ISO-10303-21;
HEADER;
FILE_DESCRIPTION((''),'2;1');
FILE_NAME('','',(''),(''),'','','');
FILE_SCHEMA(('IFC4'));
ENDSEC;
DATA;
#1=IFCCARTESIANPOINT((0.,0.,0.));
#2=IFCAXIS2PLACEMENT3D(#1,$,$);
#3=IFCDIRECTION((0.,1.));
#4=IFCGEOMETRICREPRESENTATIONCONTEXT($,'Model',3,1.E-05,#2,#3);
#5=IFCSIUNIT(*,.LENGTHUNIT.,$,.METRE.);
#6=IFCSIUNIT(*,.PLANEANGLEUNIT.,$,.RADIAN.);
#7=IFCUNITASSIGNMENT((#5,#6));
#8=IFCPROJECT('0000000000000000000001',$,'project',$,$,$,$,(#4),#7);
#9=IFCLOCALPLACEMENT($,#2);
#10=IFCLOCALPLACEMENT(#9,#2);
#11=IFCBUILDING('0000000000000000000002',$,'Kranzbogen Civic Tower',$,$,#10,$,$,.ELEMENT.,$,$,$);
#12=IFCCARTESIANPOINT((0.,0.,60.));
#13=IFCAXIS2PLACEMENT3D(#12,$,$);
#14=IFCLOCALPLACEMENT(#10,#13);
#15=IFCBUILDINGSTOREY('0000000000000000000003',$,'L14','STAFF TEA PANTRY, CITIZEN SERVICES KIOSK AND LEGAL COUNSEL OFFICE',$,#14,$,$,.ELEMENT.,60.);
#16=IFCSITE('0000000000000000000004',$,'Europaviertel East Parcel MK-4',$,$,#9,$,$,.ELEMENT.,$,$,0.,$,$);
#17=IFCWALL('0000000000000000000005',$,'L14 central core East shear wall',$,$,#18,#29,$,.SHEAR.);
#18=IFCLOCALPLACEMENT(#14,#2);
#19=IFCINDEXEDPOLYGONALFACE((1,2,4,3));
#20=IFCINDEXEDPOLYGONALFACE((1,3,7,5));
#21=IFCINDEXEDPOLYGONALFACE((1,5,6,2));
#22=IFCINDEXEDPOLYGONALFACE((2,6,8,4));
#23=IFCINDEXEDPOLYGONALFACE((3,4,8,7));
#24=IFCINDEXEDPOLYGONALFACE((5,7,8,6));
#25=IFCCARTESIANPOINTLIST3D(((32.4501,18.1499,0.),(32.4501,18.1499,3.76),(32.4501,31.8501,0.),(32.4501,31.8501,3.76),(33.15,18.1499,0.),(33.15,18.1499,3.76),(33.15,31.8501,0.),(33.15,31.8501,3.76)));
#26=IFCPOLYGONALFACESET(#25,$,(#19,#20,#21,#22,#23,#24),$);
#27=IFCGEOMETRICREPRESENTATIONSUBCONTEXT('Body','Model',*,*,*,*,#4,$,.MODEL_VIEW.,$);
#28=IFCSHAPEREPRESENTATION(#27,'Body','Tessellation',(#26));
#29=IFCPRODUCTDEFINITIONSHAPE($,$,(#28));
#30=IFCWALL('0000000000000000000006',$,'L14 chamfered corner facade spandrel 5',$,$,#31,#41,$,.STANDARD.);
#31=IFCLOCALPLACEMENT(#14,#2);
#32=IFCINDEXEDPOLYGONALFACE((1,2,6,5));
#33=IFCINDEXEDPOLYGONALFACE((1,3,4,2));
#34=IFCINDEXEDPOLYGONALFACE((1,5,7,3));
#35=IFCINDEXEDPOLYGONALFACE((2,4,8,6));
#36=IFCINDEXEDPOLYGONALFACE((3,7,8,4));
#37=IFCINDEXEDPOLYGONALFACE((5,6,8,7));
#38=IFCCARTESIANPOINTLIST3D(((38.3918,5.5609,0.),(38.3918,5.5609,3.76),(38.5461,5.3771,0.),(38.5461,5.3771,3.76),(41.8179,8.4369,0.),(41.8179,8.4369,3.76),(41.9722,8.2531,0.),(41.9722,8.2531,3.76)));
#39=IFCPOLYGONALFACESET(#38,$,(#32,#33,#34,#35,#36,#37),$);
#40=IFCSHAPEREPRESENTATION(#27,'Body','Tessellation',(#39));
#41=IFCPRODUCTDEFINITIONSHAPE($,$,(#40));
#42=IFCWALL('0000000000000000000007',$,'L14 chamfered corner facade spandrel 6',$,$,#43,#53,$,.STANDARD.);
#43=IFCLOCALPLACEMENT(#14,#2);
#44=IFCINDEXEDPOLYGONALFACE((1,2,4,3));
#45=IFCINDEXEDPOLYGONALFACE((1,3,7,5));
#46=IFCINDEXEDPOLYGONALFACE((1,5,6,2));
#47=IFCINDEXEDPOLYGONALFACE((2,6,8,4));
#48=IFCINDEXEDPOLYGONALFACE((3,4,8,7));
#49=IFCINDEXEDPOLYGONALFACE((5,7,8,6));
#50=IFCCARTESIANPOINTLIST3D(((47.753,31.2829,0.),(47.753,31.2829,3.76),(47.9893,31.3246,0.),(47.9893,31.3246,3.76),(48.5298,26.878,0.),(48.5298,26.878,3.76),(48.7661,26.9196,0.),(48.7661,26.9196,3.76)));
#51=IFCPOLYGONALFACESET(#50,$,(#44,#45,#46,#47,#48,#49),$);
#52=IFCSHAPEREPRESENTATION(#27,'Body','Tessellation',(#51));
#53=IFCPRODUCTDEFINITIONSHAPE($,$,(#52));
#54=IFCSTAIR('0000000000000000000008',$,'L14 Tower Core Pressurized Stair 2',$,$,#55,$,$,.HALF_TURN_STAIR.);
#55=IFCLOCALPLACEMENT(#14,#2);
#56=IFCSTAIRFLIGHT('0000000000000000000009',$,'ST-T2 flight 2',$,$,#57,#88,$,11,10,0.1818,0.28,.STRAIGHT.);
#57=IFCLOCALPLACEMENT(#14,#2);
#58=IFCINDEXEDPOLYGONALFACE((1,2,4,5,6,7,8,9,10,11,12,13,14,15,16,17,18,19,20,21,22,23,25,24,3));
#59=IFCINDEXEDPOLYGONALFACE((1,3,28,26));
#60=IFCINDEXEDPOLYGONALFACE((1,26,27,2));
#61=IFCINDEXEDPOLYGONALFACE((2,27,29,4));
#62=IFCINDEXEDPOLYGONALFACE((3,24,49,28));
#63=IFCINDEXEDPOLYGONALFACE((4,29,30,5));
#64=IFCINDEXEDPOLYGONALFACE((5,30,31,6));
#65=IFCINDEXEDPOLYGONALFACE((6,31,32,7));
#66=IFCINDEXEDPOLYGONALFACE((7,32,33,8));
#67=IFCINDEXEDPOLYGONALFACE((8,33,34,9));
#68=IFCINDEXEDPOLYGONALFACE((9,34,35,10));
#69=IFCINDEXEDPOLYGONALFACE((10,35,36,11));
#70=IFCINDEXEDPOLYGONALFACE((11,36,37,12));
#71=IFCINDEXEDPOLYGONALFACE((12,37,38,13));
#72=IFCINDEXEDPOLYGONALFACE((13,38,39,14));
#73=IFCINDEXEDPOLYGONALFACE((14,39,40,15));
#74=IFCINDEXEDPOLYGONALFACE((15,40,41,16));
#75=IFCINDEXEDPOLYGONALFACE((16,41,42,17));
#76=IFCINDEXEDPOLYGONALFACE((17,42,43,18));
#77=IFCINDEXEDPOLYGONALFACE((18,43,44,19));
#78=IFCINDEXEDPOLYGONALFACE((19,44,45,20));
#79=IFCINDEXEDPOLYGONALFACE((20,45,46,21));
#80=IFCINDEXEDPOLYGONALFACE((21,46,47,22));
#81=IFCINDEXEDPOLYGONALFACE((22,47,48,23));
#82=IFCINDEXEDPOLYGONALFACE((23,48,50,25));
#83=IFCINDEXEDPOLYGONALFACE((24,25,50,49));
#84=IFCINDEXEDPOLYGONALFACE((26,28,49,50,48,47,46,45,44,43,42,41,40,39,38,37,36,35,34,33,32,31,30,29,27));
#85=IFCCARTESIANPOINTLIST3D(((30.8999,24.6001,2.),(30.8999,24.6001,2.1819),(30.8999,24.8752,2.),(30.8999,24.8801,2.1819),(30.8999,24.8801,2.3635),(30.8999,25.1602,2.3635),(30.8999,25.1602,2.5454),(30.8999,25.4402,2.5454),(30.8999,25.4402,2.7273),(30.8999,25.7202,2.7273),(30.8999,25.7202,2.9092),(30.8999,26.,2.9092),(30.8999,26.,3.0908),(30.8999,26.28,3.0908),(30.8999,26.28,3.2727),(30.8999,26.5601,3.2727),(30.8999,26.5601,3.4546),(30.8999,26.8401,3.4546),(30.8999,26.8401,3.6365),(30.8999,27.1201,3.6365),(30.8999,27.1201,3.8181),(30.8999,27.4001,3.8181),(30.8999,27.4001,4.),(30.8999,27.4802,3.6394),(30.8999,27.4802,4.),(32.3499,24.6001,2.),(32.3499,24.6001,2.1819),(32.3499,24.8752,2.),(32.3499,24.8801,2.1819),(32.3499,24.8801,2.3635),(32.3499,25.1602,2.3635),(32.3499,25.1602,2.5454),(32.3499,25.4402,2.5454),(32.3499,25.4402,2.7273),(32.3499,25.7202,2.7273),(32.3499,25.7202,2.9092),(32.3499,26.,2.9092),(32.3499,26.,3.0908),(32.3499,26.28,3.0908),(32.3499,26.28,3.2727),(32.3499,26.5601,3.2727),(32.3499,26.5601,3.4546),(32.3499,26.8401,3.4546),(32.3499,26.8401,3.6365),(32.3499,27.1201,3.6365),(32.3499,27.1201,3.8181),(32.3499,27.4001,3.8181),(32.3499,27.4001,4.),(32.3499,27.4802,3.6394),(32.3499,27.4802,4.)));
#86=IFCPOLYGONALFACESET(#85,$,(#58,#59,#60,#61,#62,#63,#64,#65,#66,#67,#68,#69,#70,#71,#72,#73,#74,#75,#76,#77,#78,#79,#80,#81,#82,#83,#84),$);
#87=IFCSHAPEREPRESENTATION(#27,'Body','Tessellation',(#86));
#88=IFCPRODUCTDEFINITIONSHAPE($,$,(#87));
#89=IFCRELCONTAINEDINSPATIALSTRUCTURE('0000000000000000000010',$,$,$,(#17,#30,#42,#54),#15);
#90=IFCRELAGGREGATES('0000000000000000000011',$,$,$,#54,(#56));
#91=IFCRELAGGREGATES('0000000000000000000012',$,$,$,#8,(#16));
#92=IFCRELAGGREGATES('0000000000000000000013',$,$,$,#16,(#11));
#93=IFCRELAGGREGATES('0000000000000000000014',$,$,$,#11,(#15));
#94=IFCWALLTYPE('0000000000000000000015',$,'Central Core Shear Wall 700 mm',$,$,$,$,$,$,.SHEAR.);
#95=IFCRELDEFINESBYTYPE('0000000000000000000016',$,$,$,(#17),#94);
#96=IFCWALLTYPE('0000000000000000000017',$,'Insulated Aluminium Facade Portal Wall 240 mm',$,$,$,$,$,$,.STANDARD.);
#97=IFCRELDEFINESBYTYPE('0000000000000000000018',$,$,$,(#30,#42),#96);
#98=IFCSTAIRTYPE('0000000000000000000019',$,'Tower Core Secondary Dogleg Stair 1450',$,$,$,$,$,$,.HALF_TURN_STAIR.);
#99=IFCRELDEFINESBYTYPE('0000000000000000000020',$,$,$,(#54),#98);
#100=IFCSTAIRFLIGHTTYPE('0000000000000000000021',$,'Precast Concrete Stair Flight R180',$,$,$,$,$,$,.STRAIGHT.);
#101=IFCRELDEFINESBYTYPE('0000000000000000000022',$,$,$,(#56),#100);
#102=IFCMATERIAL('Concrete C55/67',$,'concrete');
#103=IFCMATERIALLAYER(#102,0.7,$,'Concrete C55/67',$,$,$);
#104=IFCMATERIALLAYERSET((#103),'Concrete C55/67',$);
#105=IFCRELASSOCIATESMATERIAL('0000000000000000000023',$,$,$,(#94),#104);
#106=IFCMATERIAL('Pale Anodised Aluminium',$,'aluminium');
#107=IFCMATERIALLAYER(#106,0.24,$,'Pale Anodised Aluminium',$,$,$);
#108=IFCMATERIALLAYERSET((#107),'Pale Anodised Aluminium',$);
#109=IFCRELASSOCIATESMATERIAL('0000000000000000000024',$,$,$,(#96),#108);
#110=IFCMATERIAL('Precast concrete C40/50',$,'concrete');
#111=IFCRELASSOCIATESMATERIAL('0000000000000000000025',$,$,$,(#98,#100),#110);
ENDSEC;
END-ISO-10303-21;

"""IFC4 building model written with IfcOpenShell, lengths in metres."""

from ifc_helpers import new_model, si_unit, direction, frame, frame_2d, origin, place, context, subcontext, project, spatial, polyline, rectangle, outline, extrude, material, layer, layer_set, type_object, element, aggregate, save


model = new_model("IFC4")

# Units and contexts
model_context = context("Model", 3, precision=1e-05, world=origin(), true_north=direction((0.0, 1.0)))
body_context = subcontext(model_context, "Body", "Model", "MODEL_VIEW")
ifc_project = project(units=[si_unit("LENGTHUNIT", "METRE"), si_unit("PLANEANGLEUNIT", "RADIAN")], contexts=[model_context])

# Site, building, storey
site_placement = place(None, origin())
site = spatial("IfcSite", under=ifc_project, at=site_placement, Name="Europaviertel East Parcel MK-4", CompositionType="ELEMENT", RefElevation=0.0)
building_placement = place(site_placement, origin())
building = spatial("IfcBuilding", under=site, at=building_placement, Name="Kranzbogen Civic Tower", CompositionType="ELEMENT")
storey_placement = place(building_placement, frame((0.0, 0.0, 60.0)))
storey = spatial("IfcBuildingStorey", under=building, at=storey_placement, Name="L14", Description="STAFF TEA PANTRY, CITIZEN SERVICES KIOSK AND LEGAL COUNSEL OFFICE", CompositionType="ELEMENT", Elevation=60.0)

# Shared definitions
ifc_material_1 = material(Name="Pale Anodised Aluminium", Category="aluminium")

# Walls
ifc_material_2 = material(Name="Concrete C55/67", Category="concrete")
ifc_layer_1 = layer(ifc_material_2, 0.7, Name="Concrete C55/67")
ifc_layer_set_1 = layer_set([ifc_layer_1], Name="Concrete C55/67")
wall_type_1 = type_object("IfcWallType", Name="Central Core Shear Wall 700 mm", PredefinedType="SHEAR", material=ifc_layer_set_1)
wall_1_placement = place(storey_placement, frame((32.8, 18.1499, 0.0), z_axis=(0.0, 0.0, 1.0), x_axis=(0.0, 1.0, 0.0)))
element("IfcWall", 1, at=wall_1_placement, inside=storey, type_object=wall_type_1, Name="L14 central core East shear wall", PredefinedType="SHEAR", context=body_context, shape_type="SweptSolid", body=[
    extrude(rectangle(XDim=13.7002, YDim=0.7, at=frame_2d((6.8501, 0.0))), origin(), (0.0, 0.0, 1.0), 3.76),
])
ifc_layer_2 = layer(ifc_material_1, 0.24, Name="Pale Anodised Aluminium")
ifc_layer_set_2 = layer_set([ifc_layer_2], Name="Pale Anodised Aluminium")
wall_type_2 = type_object("IfcWallType", Name="Insulated Aluminium Facade Portal Wall 240 mm", PredefinedType="STANDARD", material=ifc_layer_set_2)
wall_2_placement = place(storey_placement, frame((38.469, 5.469, 0.0), z_axis=(0.0, 0.0, 1.0), x_axis=(0.765912, 0.642945, 0.0)))
element("IfcWall", 2, at=wall_2_placement, inside=storey, type_object=wall_type_2, Name="L14 chamfered corner facade spandrel 5", PredefinedType="STANDARD", context=body_context, shape_type="SweptSolid", body=[
    extrude(rectangle(XDim=4.4731, YDim=0.24, at=frame_2d((2.2366, 0.0))), origin(), (0.0, 0.0, 1.0), 3.76),
])
wall_3_placement = place(storey_placement, frame((48.6479, 26.8989, 0.0), z_axis=(0.0, 0.0, 1.0), x_axis=(-0.173676, 0.984803, 0.0)))
element("IfcWall", 3, at=wall_3_placement, inside=storey, type_object=wall_type_2, Name="L14 chamfered corner facade spandrel 6", PredefinedType="STANDARD", context=body_context, shape_type="SweptSolid", body=[
    extrude(rectangle(XDim=4.4729, YDim=0.24, at=frame_2d((2.2363, 0.0))), origin(), (0.0, 0.0, 1.0), 3.76),
])

# Stair, stair flight
ifc_material_3 = material(Name="Precast concrete C40/50", Category="concrete")
stair_type = type_object("IfcStairType", Name="Tower Core Secondary Dogleg Stair 1450", PredefinedType="HALF_TURN_STAIR", material=ifc_material_3)
stair_placement = place(storey_placement, origin())
stair = element("IfcStair", 4, at=stair_placement, inside=storey, type_object=stair_type, Name="L14 Tower Core Pressurized Stair 2", PredefinedType="HALF_TURN_STAIR")
stair_flight_type = type_object("IfcStairFlightType", Name="Precast Concrete Stair Flight R180", PredefinedType="STRAIGHT", material=ifc_material_3)
stair_flight_placement = place(storey_placement, frame((31.625, 24.6001, 2.0), z_axis=(0.0, 0.0, 1.0), x_axis=(0.0, 1.0, 0.0)))
stair_flight = element("IfcStairFlight", 5, at=stair_flight_placement, type_object=stair_flight_type, Name="ST-T2 flight 2", NumberOfRisers=11, NumberOfTreads=10, PredefinedType="STRAIGHT", RiserHeight=0.1818, TreadLength=0.28, context=body_context, shape_type="SweptSolid", body=[
    extrude(outline(polyline([(0.0, 0.0), (0.0, 0.1819), (0.28, 0.1819), (0.28, 0.3635), (0.5601, 0.3635), (0.5601, 0.5454), (0.8401, 0.5454), (0.8401, 0.7273), (1.1201, 0.7273), (1.1201, 0.9092), (1.3999, 0.9092), (1.3999, 1.0908), (1.6799, 1.0908), (1.6799, 1.2727), (1.96, 1.2727), (1.96, 1.4546), (2.24, 1.4546), (2.24, 1.6365), (2.52, 1.6365), (2.52, 1.8181), (2.8, 1.8181), (2.8, 2.0), (2.8801, 2.0), (2.8801, 1.6394), (0.2751, 0.0), (0.0, 0.0)])), frame((0.0, 0.7251, 0.0), z_axis=(0.0, -1.0, 0.0), x_axis=(1.0, 0.0, 0.0)), (0.0, 0.0, 1.0), 1.45),
])
aggregate(stair, [stair_flight])

save(model, "model.ifc")
